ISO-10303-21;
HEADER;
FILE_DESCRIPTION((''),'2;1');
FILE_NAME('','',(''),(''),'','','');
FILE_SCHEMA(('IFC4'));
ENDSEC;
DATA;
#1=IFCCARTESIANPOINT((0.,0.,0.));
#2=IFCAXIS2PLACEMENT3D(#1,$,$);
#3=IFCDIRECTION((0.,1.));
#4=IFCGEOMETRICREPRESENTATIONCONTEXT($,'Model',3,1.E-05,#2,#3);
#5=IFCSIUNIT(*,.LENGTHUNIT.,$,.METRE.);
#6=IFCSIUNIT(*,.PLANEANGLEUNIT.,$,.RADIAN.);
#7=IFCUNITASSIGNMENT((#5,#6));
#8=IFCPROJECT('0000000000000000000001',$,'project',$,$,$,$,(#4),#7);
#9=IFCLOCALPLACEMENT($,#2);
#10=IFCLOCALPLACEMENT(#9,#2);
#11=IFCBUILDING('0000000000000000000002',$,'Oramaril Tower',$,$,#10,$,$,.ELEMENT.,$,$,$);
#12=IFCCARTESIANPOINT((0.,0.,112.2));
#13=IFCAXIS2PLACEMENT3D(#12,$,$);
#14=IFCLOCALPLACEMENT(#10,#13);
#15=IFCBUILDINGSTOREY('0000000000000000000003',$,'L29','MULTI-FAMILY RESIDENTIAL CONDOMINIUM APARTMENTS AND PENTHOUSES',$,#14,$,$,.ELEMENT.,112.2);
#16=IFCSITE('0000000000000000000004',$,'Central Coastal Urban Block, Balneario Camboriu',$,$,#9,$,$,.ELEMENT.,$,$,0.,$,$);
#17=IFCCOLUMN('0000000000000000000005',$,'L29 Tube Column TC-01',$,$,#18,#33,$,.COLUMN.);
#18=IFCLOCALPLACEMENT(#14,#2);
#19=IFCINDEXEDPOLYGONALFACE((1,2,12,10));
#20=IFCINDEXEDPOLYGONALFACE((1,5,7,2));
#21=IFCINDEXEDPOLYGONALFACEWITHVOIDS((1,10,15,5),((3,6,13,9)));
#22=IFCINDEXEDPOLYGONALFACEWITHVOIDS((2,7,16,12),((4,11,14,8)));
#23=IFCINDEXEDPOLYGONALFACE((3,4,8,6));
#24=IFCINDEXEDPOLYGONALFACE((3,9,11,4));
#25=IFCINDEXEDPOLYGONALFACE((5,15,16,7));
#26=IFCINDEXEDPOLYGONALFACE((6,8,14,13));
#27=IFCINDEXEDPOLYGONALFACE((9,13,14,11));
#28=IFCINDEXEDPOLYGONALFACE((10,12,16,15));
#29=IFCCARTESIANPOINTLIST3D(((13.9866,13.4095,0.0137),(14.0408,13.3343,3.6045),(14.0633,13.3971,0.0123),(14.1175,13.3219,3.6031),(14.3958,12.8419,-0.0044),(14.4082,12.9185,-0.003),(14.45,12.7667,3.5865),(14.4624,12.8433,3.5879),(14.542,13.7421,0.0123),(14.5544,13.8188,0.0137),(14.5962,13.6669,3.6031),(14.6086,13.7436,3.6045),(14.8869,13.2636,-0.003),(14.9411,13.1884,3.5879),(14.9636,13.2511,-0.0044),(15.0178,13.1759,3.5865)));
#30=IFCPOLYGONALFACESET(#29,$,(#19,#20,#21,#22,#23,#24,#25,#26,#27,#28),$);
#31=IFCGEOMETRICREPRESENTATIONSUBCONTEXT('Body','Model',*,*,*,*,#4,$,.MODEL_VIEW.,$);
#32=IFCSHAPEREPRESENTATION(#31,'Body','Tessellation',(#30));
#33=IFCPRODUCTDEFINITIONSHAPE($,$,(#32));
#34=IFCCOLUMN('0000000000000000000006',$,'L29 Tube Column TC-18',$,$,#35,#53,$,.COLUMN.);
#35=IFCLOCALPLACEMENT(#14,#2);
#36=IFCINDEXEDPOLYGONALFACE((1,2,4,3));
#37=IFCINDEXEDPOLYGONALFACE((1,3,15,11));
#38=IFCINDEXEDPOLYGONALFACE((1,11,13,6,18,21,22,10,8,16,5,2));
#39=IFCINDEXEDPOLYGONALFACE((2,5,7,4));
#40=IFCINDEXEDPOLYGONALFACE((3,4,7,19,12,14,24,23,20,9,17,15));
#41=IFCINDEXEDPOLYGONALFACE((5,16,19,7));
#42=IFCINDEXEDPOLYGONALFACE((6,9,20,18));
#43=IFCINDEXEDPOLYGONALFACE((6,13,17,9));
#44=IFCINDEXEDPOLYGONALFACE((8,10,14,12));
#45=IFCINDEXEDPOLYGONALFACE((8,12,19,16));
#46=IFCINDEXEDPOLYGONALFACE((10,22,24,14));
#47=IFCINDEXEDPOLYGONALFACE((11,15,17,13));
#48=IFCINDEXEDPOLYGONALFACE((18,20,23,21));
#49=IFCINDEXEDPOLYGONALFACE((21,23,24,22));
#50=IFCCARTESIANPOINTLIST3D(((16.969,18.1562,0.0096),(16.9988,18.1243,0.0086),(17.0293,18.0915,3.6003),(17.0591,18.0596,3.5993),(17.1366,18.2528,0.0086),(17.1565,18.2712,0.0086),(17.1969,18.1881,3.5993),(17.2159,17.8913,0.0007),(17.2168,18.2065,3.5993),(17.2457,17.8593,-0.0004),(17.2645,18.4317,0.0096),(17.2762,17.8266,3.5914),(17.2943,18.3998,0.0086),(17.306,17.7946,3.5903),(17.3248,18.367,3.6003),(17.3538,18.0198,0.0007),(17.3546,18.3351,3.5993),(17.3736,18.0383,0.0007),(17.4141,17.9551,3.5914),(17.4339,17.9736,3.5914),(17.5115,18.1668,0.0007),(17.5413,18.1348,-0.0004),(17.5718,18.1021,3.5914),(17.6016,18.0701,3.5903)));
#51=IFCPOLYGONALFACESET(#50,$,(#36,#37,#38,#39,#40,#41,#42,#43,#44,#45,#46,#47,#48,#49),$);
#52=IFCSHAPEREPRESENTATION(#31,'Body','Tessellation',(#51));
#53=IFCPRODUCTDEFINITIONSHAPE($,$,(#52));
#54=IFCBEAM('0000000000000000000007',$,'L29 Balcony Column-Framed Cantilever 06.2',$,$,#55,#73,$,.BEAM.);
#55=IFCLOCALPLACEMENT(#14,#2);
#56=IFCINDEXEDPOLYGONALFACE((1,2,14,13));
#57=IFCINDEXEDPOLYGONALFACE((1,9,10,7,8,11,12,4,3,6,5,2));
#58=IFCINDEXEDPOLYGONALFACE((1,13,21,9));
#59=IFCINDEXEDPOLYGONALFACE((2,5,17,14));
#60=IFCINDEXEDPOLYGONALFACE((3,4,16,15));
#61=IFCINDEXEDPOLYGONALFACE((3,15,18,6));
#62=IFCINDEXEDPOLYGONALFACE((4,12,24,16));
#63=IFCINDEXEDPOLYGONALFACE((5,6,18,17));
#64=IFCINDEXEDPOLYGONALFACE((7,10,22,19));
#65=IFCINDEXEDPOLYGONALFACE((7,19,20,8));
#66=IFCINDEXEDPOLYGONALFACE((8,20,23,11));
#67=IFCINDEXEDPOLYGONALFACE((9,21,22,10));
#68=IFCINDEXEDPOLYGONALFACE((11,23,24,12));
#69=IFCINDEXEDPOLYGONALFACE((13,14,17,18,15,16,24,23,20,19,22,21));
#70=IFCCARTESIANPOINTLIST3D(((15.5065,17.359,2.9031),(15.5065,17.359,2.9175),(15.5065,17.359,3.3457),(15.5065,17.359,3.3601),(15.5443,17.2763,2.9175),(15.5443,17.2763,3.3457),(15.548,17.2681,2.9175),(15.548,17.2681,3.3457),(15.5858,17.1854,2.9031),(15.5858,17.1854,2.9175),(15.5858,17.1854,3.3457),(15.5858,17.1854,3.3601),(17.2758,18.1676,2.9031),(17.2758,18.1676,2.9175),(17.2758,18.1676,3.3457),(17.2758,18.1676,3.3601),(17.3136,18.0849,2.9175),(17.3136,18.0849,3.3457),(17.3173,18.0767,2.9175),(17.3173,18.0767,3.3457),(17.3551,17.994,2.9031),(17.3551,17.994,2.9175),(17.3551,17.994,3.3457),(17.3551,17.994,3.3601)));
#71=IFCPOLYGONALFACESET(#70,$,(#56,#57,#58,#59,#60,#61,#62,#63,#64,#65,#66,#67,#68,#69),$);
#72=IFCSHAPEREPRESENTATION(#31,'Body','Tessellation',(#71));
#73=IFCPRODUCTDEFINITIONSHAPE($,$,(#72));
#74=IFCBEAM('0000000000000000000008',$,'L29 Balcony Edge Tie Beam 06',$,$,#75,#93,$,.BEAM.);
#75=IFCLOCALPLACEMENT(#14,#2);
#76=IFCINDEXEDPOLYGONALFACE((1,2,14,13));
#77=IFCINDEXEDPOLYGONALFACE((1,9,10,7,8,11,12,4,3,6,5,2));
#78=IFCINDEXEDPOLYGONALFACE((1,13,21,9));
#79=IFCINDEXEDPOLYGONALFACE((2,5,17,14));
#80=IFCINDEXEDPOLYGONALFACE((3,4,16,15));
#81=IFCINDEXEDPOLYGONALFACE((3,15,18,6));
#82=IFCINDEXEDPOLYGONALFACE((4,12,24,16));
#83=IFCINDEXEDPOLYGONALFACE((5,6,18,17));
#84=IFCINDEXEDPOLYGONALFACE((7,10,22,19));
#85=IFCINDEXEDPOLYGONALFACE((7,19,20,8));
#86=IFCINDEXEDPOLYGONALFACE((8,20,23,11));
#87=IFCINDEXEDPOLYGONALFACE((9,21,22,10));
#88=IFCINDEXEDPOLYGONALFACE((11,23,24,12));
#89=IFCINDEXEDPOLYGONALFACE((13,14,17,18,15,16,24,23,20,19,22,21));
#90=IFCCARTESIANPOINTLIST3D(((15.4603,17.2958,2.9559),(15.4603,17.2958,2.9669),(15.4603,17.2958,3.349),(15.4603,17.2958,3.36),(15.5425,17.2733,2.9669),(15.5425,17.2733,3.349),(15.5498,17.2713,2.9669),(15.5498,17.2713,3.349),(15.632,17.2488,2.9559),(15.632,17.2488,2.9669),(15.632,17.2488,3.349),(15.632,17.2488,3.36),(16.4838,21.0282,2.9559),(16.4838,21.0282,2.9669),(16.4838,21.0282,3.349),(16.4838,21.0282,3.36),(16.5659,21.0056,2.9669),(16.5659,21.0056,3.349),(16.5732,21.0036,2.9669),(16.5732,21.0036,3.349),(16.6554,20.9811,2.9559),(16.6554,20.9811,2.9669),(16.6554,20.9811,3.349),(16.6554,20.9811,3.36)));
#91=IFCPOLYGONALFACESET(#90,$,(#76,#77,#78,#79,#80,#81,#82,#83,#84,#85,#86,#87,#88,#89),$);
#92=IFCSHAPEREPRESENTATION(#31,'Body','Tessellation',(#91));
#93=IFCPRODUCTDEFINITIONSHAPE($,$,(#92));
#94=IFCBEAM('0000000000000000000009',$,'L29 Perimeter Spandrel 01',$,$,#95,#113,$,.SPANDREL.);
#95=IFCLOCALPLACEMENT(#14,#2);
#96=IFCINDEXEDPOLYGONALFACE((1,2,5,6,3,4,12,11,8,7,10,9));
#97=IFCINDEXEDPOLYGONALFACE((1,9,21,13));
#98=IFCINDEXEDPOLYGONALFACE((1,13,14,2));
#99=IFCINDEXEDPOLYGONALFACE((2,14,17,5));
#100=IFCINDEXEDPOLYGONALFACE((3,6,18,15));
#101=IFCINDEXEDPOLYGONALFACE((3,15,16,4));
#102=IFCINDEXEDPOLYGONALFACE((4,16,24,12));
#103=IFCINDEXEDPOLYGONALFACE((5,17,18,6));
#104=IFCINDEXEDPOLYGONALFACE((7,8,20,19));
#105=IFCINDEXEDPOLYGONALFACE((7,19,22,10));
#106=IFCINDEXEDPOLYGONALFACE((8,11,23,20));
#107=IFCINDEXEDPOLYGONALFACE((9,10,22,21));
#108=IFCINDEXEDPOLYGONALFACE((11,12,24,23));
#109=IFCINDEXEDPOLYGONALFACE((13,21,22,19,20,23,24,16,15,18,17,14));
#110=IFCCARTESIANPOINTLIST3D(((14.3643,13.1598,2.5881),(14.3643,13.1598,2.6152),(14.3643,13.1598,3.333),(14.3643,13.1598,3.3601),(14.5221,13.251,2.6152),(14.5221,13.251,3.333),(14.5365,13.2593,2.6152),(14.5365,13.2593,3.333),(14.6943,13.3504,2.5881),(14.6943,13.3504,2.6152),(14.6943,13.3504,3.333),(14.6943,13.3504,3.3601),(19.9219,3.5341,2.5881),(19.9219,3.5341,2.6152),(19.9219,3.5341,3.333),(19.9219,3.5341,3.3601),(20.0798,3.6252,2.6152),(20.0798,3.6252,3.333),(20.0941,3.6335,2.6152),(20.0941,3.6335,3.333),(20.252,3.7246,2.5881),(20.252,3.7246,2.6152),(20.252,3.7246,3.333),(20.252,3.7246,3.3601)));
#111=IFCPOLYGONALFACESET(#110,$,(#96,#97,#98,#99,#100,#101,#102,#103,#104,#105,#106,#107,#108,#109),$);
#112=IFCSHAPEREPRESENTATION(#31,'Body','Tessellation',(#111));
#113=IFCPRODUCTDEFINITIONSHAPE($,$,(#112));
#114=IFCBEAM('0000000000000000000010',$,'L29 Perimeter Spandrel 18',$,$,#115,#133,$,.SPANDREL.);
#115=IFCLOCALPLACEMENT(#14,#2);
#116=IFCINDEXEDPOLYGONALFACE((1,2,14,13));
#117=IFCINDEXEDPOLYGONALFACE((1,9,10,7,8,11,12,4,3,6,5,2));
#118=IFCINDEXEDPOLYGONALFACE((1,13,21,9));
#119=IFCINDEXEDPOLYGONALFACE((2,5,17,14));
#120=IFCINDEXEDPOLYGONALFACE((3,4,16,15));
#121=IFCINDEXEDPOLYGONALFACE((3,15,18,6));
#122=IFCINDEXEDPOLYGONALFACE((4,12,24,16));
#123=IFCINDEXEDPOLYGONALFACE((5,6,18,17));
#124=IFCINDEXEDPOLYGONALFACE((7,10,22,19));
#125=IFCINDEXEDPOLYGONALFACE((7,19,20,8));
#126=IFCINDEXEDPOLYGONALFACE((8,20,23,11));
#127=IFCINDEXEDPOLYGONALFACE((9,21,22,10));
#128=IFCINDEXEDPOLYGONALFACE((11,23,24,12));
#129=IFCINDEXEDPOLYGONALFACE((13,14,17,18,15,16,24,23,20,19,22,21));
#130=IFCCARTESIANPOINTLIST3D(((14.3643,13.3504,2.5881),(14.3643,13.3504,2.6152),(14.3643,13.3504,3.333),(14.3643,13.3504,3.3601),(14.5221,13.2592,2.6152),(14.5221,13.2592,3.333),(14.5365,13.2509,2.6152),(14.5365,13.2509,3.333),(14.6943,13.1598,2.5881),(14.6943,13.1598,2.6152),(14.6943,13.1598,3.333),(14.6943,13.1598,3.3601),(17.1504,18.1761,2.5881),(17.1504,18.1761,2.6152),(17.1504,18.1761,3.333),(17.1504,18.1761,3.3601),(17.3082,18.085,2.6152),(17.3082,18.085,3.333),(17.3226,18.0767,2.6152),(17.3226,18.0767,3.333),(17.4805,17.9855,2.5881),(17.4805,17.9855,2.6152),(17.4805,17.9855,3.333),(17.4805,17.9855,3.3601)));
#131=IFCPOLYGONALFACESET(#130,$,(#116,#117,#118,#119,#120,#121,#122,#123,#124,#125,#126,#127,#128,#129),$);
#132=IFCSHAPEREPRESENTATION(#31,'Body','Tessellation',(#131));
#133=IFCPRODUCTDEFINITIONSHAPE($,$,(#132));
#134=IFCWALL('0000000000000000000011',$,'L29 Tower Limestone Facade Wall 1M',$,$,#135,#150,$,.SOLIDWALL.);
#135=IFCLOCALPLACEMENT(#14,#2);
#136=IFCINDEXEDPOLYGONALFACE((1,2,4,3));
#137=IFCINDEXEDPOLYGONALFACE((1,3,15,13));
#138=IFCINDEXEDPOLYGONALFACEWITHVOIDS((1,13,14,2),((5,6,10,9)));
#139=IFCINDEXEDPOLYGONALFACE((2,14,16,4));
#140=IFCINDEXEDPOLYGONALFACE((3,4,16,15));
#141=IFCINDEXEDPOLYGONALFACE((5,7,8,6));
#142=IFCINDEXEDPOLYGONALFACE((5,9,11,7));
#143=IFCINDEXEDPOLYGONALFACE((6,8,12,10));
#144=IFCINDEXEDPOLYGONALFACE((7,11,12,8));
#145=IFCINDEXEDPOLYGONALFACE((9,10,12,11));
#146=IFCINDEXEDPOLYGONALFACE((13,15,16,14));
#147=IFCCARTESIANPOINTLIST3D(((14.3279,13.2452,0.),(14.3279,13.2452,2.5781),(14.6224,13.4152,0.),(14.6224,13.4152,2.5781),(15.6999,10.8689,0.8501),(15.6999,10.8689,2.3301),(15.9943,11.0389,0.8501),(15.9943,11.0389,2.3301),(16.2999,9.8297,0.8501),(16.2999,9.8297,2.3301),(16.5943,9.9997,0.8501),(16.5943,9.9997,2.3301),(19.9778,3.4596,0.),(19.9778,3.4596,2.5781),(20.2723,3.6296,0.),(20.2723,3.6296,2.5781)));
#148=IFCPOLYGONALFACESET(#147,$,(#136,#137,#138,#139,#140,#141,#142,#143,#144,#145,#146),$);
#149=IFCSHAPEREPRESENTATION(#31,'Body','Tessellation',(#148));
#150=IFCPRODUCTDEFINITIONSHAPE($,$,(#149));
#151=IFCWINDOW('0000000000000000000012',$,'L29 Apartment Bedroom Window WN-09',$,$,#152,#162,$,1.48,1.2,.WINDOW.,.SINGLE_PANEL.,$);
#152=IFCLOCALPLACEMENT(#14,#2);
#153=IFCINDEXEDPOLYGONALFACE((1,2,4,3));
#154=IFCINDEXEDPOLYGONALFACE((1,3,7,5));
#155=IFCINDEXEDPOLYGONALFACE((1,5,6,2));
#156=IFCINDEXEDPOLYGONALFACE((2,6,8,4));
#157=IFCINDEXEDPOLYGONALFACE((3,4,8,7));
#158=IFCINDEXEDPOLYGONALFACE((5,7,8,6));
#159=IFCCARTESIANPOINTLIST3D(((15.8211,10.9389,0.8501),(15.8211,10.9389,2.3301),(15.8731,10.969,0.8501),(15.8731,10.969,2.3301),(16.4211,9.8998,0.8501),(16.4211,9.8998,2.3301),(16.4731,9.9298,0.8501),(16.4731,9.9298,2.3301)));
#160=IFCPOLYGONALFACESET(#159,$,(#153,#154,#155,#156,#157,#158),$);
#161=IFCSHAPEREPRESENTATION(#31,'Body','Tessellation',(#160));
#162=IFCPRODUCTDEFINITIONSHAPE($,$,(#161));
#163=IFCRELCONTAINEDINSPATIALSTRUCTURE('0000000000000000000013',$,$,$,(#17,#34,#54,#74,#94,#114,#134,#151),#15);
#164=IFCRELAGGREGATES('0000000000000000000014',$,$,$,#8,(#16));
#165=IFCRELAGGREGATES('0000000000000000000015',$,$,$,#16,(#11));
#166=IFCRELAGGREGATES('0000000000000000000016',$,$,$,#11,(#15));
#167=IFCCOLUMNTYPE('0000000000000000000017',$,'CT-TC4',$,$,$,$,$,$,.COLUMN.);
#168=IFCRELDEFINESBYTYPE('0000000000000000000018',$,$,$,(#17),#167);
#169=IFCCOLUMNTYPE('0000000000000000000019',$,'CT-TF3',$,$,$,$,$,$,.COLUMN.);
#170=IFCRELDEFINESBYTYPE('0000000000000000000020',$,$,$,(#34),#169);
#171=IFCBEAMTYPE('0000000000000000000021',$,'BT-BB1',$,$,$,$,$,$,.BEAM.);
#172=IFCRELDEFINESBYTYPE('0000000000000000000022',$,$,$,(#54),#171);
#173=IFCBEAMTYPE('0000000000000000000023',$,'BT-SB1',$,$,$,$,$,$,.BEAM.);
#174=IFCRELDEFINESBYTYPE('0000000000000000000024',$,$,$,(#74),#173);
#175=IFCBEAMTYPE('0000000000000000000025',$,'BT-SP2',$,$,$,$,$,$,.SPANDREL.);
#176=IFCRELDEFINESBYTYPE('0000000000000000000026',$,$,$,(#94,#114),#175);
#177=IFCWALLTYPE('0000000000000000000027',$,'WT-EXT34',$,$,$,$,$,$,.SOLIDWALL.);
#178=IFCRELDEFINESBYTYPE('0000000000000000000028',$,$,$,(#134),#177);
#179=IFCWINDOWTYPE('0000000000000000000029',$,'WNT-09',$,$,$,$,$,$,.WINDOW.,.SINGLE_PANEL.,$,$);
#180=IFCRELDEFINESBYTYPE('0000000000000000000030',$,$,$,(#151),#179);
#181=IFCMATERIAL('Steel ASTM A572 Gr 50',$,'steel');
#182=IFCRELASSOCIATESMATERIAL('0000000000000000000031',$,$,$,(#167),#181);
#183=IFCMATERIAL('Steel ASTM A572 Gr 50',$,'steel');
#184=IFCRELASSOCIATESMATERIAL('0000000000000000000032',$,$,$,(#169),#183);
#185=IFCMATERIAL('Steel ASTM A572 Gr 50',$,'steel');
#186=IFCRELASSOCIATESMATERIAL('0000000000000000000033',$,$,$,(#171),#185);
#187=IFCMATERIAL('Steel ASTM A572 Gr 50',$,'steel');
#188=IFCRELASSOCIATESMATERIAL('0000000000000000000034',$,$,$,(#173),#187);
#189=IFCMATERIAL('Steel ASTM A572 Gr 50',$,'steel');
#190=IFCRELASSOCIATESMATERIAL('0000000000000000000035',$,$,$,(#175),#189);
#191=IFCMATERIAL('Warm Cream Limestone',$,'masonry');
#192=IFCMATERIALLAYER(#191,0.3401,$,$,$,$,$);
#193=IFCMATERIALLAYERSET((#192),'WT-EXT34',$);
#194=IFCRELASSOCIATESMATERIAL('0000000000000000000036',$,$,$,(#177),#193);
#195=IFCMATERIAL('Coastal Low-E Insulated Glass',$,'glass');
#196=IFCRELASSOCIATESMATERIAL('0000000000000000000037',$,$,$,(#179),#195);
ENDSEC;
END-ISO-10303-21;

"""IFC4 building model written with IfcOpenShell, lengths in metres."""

from ifc_helpers import new_model, si_unit, direction, frame, frame_2d, origin, origin_2d, place, context, subcontext, project, spatial, rectangle, hollow_rectangle, i_section, extrude, material, layer, layer_set, material_profile, profile_set, type_object, element, fill, save


model = new_model("IFC4")

# Units and contexts
model_context = context("Model", 3, precision=1e-05, world=origin(), true_north=direction((0.0, 1.0)))
body_context = subcontext(model_context, "Body", "Model", "MODEL_VIEW")
ifc_project = project(units=[si_unit("LENGTHUNIT", "METRE"), si_unit("PLANEANGLEUNIT", "RADIAN")], contexts=[model_context])

# Site, building, storey
site_placement = place(None, origin())
site = spatial("IfcSite", under=ifc_project, at=site_placement, Name="Central Coastal Urban Block, Balneario Camboriu", CompositionType="ELEMENT", RefElevation=0.0)
building_placement = place(site_placement, origin())
building = spatial("IfcBuilding", under=site, at=building_placement, Name="Oramaril Tower", CompositionType="ELEMENT")
storey_placement = place(building_placement, frame((0.0, 0.0, 112.2)))
storey = spatial("IfcBuildingStorey", under=building, at=storey_placement, Name="L29", Description="MULTI-FAMILY RESIDENTIAL CONDOMINIUM APARTMENTS AND PENTHOUSES", CompositionType="ELEMENT", Elevation=112.2)

# Columns
ifc_material_1 = material(Name="Steel ASTM A572 Gr 50", Category="steel")
ifc_material_profile_1 = material_profile(ifc_material_1, hollow_rectangle(XDim=0.7, YDim=0.7, WallThickness=0.0549, at=origin_2d()), Name="BOX700X700X55")
ifc_profile_set_1 = profile_set([ifc_material_profile_1], Name="Steel ASTM A572 Gr 50")
column_type_1 = type_object("IfcColumnType", Name="CT-TC4", PredefinedType="COLUMN", material=ifc_profile_set_1)
column_1_placement = place(storey_placement, frame((14.4751, 13.3303, 0.0046), z_axis=(0.015089, -0.020934, 0.999667), x_axis=(0.811234, 0.584721, 0.0)))
element("IfcColumn", 1, at=column_1_placement, inside=storey, type_object=column_type_1, Name="L29 Tube Column TC-01", PredefinedType="COLUMN", context=body_context, shape_type="SweptSolid", body=[
    extrude(hollow_rectangle(XDim=0.7, YDim=0.7, WallThickness=0.0549, at=origin_2d()), origin(), (0.0, 0.0, 1.0), 3.592),
])
ifc_material_2 = material(Name="Steel ASTM A572 Gr 50", Category="steel")
ifc_material_profile_2 = material_profile(ifc_material_2, i_section(OverallWidth=0.4041, OverallDepth=0.406, WebThickness=0.0271, FlangeThickness=0.0437, at=origin_2d()), Name="W14X233")
ifc_profile_set_2 = profile_set([ifc_material_profile_2], Name="Steel ASTM A572 Gr 50")
column_type_2 = type_object("IfcColumnType", Name="CT-TF3", PredefinedType="COLUMN", material=ifc_profile_set_2)
column_2_placement = place(storey_placement, frame((17.2551, 18.1455, 0.0046), z_axis=(0.016788, -0.018012, 0.999697), x_axis=(0.731514, 0.681826, 0.0)))
element("IfcColumn", 2, at=column_2_placement, inside=storey, type_object=column_type_2, Name="L29 Tube Column TC-18", PredefinedType="COLUMN", context=body_context, shape_type="SweptSolid", body=[
    extrude(i_section(OverallWidth=0.4041, OverallDepth=0.406, WebThickness=0.0271, FlangeThickness=0.0437, at=origin_2d()), origin(), (0.0, 0.0, 1.0), 3.5918),
])

# Beams
ifc_material_3 = material(Name="Steel ASTM A572 Gr 50", Category="steel")
ifc_material_profile_3 = material_profile(ifc_material_3, i_section(OverallWidth=0.1909, OverallDepth=0.457, WebThickness=0.009, FlangeThickness=0.0144, at=origin_2d()), Name="W18X50")
ifc_profile_set_3 = profile_set([ifc_material_profile_3], Name="Steel ASTM A572 Gr 50")
beam_type_1 = type_object("IfcBeamType", Name="BT-BB1", PredefinedType="BEAM", material=ifc_profile_set_3)
beam_1_placement = place(storey_placement, frame((17.3154, 18.0808, 3.1316), z_axis=(-0.909518, -0.415665, 0.0), x_axis=(0.415665, -0.909518, 0.0)))
element("IfcBeam", 3, at=beam_1_placement, inside=storey, type_object=beam_type_1, Name="L29 Balcony Column-Framed Cantilever 06.2", PredefinedType="BEAM", context=body_context, shape_type="SweptSolid", body=[
    extrude(i_section(OverallWidth=0.1909, OverallDepth=0.457, WebThickness=0.009, FlangeThickness=0.0144, at=origin_2d()), origin(), (0.0, 0.0, 1.0), 1.9453),
])
ifc_material_4 = material(Name="Steel ASTM A572 Gr 50", Category="steel")
ifc_material_profile_4 = material_profile(ifc_material_4, i_section(OverallWidth=0.178, OverallDepth=0.4041, WebThickness=0.0076, FlangeThickness=0.011, at=origin_2d()), Name="W16X36")
ifc_profile_set_4 = profile_set([ifc_material_profile_4], Name="Steel ASTM A572 Gr 50")
beam_type_2 = type_object("IfcBeamType", Name="BT-SB1", PredefinedType="BEAM", material=ifc_profile_set_4)
beam_2_placement = place(storey_placement, frame((16.5696, 21.0046, 3.158), z_axis=(-0.264441, -0.964402, 0.0), x_axis=(0.964402, -0.264441, 0.0)))
element("IfcBeam", 4, at=beam_2_placement, inside=storey, type_object=beam_type_2, Name="L29 Balcony Edge Tie Beam 06", PredefinedType="BEAM", context=body_context, shape_type="SweptSolid", body=[
    extrude(i_section(OverallWidth=0.178, OverallDepth=0.4041, WebThickness=0.0076, FlangeThickness=0.011, at=origin_2d()), origin(), (0.0, 0.0, 1.0), 3.8701),
])
ifc_material_5 = material(Name="Steel ASTM A572 Gr 50", Category="steel")
ifc_material_profile_5 = material_profile(ifc_material_5, i_section(OverallWidth=0.3811, OverallDepth=0.772, WebThickness=0.0166, FlangeThickness=0.0271, at=origin_2d()), Name="W30X173")
ifc_profile_set_5 = profile_set([ifc_material_profile_5], Name="Steel ASTM A572 Gr 50")
beam_type_3 = type_object("IfcBeamType", Name="BT-SP2", PredefinedType="SPANDREL", material=ifc_profile_set_5)
beam_3_placement = place(storey_placement, frame((14.5293, 13.2551, 2.9741), z_axis=(0.500013, -0.866018, 0.0), x_axis=(0.866018, 0.500013, 0.0)))
element("IfcBeam", 5, at=beam_3_placement, inside=storey, type_object=beam_type_3, Name="L29 Perimeter Spandrel 01", PredefinedType="SPANDREL", context=body_context, shape_type="SweptSolid", body=[
    extrude(i_section(OverallWidth=0.3811, OverallDepth=0.772, WebThickness=0.0166, FlangeThickness=0.0271, at=origin_2d()), origin(), (0.0, 0.0, 1.0), 11.115),
])
beam_4_placement = place(storey_placement, frame((17.3154, 18.0808, 2.9741), z_axis=(-0.500003, -0.866024, 0.0), x_axis=(0.866024, -0.500003, 0.0)))
element("IfcBeam", 6, at=beam_4_placement, inside=storey, type_object=beam_type_3, Name="L29 Perimeter Spandrel 18", PredefinedType="SPANDREL", context=body_context, shape_type="SweptSolid", body=[
    extrude(i_section(OverallWidth=0.3811, OverallDepth=0.772, WebThickness=0.0166, FlangeThickness=0.0271, at=origin_2d()), origin(), (0.0, 0.0, 1.0), 5.5723),
])

# Wall, opening, window
ifc_material_6 = material(Name="Warm Cream Limestone", Category="masonry")
ifc_layer_1 = layer(ifc_material_6, 0.3401)
ifc_layer_set_1 = layer_set([ifc_layer_1], Name="WT-EXT34")
wall_type_1 = type_object("IfcWallType", Name="WT-EXT34", PredefinedType="SOLIDWALL", material=ifc_layer_set_1)
wall_1_placement = place(storey_placement, frame((14.4751, 13.3303, 0.0), z_axis=(0.0, 0.0, 1.0), x_axis=(0.50001, -0.866019, 0.0)))
wall_1 = element("IfcWall", 7, at=wall_1_placement, inside=storey, type_object=wall_type_1, Name="L29 Tower Limestone Facade Wall 1M", PredefinedType="SOLIDWALL", context=body_context, shape_type="SweptSolid", body=[
    extrude(rectangle(XDim=11.2996, YDim=0.3401, at=frame_2d((5.6499, 0.0))), origin(), (0.0, 0.0, 1.0), 2.5781),
])
opening_1_placement = place(wall_1_placement, frame((2.7439, 0.0, 0.8501)))
opening_1 = element("IfcOpeningElement", 8, at=opening_1_placement, cuts=wall_1, PredefinedType="OPENING", context=body_context, shape_type="SweptSolid", body=[
    extrude(rectangle(XDim=1.2, YDim=1.48, at=frame_2d((0.6001, 0.74))), frame((0.0, 0.1699, 0.0), z_axis=(0.0, -1.0, 0.0), x_axis=(1.0, 0.0, 0.0)), (0.0, 0.0, 1.0), 0.3401),
])
ifc_material_7 = material(Name="Coastal Low-E Insulated Glass", Category="glass")
window_type = type_object("IfcWindowType", Name="WNT-09", PartitioningType="SINGLE_PANEL", PredefinedType="WINDOW", material=ifc_material_7)
window_placement = place(opening_1_placement, origin())
window = element("IfcWindow", 9, at=window_placement, inside=storey, type_object=window_type, Name="L29 Apartment Bedroom Window WN-09", OverallHeight=1.48, OverallWidth=1.2, PartitioningType="SINGLE_PANEL", PredefinedType="WINDOW", context=body_context, shape_type="SweptSolid", body=[
    extrude(rectangle(XDim=1.2, YDim=1.48, at=frame_2d((0.6001, 0.74))), frame((0.0, 0.03, 0.0), z_axis=(0.0, -1.0, 0.0), x_axis=(1.0, 0.0, 0.0)), (0.0, 0.0, 1.0), 0.0601),
])
fill(opening_1, window)

save(model, "model.ifc")
